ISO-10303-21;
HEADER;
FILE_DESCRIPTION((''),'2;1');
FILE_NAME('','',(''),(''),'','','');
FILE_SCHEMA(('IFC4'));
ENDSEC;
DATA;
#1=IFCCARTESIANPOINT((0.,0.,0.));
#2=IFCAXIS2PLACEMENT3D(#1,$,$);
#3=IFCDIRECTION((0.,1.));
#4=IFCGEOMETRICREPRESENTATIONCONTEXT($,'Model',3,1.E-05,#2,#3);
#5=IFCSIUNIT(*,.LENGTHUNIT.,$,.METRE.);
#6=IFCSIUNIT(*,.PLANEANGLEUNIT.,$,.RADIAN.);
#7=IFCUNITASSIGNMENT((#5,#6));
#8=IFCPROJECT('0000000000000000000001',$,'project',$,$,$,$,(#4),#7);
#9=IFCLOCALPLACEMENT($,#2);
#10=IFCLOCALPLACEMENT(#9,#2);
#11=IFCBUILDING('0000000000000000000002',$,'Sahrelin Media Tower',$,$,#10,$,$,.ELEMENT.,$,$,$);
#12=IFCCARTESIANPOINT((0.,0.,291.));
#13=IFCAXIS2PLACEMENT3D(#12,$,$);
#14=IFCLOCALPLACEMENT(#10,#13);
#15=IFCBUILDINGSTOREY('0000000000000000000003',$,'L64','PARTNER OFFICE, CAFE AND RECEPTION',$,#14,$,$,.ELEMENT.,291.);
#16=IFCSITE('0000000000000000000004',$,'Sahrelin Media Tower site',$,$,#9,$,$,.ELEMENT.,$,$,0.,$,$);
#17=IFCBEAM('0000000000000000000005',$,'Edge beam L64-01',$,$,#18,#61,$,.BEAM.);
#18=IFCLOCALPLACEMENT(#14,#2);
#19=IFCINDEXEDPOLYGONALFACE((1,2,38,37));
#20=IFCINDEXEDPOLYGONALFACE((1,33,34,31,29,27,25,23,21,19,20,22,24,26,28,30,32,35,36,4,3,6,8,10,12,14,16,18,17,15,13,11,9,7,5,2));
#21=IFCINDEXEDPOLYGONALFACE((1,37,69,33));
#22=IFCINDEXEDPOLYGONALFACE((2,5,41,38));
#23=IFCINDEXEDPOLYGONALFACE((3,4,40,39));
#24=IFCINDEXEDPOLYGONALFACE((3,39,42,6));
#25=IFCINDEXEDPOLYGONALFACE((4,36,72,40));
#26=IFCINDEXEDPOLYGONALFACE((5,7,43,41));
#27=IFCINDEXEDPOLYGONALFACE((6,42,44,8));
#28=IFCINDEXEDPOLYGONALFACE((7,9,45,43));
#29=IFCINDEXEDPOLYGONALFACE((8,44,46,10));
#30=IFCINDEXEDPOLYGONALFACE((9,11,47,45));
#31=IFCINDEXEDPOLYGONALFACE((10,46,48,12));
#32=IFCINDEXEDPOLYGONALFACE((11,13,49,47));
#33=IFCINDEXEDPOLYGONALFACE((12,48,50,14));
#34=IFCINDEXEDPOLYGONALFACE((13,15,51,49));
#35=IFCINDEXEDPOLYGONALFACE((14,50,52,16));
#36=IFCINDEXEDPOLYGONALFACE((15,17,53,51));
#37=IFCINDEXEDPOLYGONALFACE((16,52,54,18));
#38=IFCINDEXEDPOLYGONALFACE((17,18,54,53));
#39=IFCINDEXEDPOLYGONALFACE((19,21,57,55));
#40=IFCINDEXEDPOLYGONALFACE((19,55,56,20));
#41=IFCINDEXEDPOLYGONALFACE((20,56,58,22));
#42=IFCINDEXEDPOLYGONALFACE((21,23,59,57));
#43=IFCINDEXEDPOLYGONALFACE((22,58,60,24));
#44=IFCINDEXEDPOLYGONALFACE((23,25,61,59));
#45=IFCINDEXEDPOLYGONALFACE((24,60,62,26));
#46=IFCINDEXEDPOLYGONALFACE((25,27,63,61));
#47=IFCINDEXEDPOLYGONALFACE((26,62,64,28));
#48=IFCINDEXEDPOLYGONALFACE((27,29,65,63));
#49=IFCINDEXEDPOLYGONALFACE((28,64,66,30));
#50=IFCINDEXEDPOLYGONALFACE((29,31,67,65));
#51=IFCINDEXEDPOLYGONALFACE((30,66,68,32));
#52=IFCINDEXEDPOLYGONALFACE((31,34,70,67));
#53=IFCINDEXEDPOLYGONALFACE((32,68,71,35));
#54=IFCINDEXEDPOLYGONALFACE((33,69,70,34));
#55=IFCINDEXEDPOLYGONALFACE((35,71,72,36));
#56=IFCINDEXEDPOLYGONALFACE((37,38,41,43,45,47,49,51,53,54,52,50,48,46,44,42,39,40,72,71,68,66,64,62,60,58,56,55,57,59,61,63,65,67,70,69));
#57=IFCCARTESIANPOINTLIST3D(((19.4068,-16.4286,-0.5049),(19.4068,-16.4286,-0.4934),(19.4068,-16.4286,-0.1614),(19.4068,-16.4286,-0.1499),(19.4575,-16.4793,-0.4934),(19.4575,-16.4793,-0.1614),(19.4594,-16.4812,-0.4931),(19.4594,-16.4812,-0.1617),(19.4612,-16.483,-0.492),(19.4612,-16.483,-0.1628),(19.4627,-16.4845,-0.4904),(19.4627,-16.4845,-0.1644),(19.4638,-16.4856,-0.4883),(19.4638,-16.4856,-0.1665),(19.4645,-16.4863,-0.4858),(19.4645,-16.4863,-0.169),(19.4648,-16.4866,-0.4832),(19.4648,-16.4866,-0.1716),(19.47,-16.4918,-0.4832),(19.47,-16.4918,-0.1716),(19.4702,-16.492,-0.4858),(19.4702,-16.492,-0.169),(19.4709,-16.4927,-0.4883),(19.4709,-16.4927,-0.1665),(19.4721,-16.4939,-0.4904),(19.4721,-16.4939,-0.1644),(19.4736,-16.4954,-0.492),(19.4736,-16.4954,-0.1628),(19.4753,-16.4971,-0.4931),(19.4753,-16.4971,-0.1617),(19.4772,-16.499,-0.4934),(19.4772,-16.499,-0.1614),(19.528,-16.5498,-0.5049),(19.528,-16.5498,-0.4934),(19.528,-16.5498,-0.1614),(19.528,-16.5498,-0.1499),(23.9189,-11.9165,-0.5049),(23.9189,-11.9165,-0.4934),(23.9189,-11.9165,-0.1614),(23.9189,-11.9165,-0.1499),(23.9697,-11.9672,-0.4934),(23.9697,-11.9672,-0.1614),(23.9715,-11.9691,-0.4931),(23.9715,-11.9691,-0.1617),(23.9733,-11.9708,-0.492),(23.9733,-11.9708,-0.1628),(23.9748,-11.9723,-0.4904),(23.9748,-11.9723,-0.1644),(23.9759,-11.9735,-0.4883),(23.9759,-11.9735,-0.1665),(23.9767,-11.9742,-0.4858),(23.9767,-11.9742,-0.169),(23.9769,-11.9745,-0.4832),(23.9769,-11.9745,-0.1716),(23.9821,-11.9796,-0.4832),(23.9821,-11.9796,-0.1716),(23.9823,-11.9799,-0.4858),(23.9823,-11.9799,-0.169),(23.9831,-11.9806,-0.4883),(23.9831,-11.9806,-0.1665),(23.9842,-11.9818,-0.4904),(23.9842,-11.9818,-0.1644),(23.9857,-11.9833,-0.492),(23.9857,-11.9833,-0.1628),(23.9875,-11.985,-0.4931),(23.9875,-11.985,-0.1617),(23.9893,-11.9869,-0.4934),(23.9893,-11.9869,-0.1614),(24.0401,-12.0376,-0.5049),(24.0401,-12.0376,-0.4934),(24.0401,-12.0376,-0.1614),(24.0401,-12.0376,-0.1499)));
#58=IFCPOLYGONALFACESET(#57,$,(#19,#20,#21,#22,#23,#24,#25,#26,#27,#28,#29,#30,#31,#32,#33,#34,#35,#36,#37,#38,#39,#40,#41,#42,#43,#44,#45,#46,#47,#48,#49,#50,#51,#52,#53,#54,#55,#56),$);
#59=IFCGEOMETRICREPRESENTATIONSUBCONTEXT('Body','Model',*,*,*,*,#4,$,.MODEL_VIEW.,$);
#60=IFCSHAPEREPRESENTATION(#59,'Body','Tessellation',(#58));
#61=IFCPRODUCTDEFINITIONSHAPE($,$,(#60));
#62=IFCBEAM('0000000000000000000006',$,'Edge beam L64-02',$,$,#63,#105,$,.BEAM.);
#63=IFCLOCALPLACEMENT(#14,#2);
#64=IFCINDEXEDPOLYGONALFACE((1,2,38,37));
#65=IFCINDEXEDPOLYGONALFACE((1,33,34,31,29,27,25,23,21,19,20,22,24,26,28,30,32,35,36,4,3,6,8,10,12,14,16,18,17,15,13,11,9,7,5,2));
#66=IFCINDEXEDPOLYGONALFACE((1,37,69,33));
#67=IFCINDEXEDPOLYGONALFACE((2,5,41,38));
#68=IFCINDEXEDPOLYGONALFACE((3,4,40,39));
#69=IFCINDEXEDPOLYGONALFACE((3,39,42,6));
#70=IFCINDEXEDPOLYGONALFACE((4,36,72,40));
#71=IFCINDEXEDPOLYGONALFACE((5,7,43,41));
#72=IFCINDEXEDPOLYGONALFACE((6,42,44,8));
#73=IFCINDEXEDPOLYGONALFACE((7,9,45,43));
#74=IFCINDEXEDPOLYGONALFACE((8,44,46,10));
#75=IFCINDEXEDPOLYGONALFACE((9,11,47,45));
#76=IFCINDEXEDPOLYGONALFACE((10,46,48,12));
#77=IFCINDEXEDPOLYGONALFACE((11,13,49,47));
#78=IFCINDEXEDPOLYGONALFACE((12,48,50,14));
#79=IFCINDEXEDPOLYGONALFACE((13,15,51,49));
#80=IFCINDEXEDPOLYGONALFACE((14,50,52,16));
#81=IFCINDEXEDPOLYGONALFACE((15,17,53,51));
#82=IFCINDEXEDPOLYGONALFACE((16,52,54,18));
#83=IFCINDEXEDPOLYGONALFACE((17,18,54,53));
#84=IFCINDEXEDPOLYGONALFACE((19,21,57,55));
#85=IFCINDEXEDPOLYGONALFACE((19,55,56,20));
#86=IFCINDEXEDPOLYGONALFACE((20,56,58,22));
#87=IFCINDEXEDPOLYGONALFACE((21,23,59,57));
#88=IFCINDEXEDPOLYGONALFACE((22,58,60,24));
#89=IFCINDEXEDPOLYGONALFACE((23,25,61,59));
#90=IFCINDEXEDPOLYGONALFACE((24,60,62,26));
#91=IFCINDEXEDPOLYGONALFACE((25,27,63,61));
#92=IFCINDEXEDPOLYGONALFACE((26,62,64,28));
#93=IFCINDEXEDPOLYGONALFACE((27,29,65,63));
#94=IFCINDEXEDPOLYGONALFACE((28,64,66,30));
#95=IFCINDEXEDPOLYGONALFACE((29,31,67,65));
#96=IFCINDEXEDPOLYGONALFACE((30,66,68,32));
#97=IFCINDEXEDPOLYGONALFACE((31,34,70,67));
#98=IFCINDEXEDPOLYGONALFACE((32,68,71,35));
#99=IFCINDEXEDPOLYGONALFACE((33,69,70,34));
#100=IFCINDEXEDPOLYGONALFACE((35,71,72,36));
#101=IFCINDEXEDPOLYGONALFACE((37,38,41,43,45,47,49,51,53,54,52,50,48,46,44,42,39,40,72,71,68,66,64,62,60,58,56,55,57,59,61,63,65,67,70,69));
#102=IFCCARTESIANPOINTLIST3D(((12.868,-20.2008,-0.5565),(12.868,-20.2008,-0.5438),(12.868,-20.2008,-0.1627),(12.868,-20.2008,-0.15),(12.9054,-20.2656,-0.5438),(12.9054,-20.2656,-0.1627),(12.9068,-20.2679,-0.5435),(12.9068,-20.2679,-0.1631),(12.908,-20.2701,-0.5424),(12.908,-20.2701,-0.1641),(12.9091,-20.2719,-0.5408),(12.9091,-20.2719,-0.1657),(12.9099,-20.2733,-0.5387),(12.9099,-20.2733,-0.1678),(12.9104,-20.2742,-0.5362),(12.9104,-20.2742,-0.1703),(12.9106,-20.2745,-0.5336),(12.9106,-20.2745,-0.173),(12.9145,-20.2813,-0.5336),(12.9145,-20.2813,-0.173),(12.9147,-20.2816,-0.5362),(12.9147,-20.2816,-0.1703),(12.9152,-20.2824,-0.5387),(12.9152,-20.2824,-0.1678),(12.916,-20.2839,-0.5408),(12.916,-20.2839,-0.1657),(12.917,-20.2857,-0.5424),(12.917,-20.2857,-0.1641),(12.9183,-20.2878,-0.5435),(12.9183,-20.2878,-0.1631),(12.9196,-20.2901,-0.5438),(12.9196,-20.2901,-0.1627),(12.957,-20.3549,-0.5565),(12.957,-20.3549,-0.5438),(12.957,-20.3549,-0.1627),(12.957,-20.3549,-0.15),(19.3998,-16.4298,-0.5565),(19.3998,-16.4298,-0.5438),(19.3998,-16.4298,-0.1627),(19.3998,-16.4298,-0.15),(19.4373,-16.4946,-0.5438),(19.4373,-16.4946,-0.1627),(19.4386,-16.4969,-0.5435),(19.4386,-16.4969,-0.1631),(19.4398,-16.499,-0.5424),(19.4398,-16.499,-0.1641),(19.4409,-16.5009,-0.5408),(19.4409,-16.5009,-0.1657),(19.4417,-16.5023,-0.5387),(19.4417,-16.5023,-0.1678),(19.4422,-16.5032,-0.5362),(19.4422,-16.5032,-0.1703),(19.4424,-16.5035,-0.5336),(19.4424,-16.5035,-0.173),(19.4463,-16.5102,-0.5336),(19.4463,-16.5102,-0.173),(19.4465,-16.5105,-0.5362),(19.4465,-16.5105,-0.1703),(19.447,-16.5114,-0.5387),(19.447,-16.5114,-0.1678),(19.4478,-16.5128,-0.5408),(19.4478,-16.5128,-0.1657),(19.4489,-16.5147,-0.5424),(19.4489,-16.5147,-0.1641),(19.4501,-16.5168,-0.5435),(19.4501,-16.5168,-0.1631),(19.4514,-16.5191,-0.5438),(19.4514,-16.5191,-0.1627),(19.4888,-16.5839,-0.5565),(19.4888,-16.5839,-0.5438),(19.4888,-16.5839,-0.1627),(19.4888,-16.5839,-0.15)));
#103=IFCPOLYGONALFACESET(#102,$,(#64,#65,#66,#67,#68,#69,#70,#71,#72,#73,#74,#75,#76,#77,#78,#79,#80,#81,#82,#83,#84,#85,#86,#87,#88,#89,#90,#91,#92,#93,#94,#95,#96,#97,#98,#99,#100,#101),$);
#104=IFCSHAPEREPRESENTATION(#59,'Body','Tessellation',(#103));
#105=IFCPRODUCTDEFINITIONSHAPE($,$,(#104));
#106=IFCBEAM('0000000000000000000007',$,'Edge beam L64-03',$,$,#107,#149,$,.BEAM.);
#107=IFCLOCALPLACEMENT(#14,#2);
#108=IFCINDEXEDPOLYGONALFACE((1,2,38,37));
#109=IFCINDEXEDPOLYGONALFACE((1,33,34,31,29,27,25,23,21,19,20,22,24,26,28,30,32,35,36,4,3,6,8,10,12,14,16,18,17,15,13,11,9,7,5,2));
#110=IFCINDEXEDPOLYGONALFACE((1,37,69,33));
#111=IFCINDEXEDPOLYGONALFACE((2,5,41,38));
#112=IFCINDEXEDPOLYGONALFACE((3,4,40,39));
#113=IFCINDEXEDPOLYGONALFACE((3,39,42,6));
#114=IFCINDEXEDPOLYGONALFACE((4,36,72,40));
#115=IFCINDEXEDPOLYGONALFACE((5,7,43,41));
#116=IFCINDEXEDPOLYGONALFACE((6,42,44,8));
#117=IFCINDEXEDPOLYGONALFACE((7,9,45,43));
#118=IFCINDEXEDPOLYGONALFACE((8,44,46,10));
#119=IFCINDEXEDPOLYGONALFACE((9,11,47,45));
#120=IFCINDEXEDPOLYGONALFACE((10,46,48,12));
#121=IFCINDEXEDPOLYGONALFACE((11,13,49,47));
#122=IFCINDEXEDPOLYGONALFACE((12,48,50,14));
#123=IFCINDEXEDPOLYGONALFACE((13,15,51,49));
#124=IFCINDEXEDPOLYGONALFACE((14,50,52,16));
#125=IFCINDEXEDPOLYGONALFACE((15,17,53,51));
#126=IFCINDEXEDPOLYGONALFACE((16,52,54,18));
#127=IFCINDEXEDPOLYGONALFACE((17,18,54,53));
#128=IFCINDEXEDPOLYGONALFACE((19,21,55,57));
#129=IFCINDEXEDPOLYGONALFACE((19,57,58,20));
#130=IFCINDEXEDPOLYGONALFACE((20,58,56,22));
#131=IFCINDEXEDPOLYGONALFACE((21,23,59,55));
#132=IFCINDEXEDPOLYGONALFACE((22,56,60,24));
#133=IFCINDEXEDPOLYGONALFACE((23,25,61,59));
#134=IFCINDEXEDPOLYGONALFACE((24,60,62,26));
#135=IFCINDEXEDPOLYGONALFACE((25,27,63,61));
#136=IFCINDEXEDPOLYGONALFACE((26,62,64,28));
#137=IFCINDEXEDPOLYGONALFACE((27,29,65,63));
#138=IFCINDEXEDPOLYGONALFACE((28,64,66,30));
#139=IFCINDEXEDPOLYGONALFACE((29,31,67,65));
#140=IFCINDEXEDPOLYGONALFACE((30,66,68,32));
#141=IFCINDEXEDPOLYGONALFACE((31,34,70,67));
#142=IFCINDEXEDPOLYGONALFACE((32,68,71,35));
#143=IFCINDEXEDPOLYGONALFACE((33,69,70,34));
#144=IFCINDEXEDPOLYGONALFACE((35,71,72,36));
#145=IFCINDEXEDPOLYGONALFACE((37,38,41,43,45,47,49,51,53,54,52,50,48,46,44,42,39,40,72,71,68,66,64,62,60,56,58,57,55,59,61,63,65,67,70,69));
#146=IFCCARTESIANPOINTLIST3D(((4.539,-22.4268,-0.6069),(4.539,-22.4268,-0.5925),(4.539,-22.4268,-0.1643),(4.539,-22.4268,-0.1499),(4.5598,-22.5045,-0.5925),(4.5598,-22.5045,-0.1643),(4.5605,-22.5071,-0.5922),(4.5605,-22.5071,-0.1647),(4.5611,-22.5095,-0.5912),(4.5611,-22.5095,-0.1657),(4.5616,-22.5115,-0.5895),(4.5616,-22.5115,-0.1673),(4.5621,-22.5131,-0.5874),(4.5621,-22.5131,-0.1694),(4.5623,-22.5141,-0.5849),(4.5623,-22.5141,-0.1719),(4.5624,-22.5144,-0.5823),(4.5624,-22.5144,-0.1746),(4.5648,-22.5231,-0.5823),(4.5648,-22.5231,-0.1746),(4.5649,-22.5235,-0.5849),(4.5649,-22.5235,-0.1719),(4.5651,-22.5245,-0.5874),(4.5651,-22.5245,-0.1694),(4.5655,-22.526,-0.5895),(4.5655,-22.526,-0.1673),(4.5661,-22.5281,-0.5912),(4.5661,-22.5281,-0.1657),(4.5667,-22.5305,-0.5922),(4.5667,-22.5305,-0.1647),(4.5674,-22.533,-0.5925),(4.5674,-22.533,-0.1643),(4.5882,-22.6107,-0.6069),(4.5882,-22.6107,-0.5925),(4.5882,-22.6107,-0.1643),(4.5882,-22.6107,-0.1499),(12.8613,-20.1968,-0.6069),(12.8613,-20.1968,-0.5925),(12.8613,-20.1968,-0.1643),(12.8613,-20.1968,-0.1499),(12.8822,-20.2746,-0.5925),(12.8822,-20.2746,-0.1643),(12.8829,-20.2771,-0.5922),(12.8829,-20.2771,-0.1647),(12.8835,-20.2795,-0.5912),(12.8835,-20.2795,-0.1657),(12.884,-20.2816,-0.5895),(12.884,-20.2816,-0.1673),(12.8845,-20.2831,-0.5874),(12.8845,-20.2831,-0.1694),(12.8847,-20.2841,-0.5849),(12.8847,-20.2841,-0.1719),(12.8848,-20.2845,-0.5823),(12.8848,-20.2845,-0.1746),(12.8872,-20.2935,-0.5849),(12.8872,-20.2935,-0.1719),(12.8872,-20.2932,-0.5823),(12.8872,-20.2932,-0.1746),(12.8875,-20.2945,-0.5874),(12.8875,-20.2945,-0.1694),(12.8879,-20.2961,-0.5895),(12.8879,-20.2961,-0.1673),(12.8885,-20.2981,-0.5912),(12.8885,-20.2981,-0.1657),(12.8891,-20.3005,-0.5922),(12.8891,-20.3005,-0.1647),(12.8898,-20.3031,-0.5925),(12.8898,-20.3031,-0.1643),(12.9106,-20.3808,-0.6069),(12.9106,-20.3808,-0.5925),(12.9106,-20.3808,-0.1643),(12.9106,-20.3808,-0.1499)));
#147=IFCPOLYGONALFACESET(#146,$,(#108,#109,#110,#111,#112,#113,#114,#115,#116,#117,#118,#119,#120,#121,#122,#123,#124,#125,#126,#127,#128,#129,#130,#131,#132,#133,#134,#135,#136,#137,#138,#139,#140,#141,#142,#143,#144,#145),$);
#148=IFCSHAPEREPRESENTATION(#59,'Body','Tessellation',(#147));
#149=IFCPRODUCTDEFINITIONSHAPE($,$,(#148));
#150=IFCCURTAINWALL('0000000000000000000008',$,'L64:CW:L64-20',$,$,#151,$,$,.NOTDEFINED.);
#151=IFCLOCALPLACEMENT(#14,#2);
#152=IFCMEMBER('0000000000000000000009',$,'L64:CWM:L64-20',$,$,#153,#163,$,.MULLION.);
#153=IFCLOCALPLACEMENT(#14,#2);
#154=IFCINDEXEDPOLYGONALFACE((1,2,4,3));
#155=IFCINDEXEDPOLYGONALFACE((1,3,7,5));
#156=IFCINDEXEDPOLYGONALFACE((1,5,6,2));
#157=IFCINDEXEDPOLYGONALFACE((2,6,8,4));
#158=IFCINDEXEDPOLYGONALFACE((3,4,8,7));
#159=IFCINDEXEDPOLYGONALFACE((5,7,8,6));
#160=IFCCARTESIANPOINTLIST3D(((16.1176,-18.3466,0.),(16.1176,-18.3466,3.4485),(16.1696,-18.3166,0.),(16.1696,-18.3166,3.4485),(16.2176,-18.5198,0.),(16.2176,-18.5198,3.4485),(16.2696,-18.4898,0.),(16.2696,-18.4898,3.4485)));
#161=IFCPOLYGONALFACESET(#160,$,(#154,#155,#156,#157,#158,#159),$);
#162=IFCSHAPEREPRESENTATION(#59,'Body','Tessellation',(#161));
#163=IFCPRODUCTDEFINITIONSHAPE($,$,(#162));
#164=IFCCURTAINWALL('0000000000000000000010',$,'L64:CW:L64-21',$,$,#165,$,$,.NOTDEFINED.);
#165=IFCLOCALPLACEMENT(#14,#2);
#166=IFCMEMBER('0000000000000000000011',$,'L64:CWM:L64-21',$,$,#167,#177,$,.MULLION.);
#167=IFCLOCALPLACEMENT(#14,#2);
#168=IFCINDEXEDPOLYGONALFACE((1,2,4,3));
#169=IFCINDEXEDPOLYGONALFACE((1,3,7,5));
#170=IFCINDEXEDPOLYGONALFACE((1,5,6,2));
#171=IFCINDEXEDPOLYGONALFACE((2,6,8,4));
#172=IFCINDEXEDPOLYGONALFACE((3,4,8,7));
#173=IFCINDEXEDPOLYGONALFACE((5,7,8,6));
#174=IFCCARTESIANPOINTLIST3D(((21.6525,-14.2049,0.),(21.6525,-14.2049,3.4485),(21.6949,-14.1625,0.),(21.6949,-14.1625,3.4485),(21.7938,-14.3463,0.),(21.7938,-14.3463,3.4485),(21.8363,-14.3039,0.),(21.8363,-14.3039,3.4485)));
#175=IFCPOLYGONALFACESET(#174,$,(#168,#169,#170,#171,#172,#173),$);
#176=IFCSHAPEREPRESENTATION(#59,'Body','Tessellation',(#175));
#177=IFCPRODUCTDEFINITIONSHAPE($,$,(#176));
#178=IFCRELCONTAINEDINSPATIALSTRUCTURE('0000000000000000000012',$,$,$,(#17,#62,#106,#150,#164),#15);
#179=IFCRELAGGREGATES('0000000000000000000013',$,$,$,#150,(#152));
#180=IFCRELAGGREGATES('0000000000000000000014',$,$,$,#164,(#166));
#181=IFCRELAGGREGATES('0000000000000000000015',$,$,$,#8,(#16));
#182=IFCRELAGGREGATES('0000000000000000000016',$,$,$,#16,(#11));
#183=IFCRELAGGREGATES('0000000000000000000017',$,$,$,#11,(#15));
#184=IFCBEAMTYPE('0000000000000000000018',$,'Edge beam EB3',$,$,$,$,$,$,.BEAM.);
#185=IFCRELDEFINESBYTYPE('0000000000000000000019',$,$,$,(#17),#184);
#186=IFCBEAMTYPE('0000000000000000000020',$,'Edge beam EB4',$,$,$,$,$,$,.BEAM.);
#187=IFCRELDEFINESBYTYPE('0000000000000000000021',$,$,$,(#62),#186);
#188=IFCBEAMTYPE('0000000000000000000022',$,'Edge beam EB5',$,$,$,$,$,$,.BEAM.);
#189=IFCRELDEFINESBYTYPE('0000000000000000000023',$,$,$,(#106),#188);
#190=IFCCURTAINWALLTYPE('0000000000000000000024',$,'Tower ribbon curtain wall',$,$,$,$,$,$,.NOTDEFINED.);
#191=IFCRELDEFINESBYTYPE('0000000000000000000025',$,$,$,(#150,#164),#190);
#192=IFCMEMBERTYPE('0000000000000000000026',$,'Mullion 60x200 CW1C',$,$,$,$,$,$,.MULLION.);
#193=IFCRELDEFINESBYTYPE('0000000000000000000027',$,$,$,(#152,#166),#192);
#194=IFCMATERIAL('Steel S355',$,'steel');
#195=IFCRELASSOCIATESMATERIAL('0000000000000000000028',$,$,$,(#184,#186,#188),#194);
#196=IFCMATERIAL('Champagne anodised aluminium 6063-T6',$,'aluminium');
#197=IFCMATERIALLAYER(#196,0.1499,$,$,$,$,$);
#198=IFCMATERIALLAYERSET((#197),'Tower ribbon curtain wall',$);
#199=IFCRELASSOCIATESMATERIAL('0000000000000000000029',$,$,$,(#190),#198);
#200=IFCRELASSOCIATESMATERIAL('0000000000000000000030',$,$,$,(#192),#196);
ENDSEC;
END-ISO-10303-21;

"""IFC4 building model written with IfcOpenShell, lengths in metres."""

from ifc_helpers import new_model, si_unit, direction, frame, origin, origin_2d, place, context, subcontext, project, spatial, rectangle, i_section, extrude, material, layer, layer_set, material_profile, profile_set, type_object, element, aggregate, save


model = new_model("IFC4")

# Units and contexts
model_context = context("Model", 3, precision=1e-05, world=origin(), true_north=direction((0.0, 1.0)))
body_context = subcontext(model_context, "Body", "Model", "MODEL_VIEW")
ifc_project = project(units=[si_unit("LENGTHUNIT", "METRE"), si_unit("PLANEANGLEUNIT", "RADIAN")], contexts=[model_context])

# Site, building, storey
site_placement = place(None, origin())
site = spatial("IfcSite", under=ifc_project, at=site_placement, Name="Sahrelin Media Tower site", CompositionType="ELEMENT", RefElevation=0.0)
building_placement = place(site_placement, origin())
building = spatial("IfcBuilding", under=site, at=building_placement, Name="Sahrelin Media Tower", CompositionType="ELEMENT")
storey_placement = place(building_placement, frame((0.0, 0.0, 291.0)))
storey = spatial("IfcBuildingStorey", under=building, at=storey_placement, Name="L64", Description="PARTNER OFFICE, CAFE AND RECEPTION", CompositionType="ELEMENT", Elevation=291.0)

# Beams
ifc_material_1 = material(Name="Steel S355", Category="steel")
ifc_material_profile_1 = material_profile(ifc_material_1, i_section(OverallWidth=0.1714, OverallDepth=0.355, WebThickness=0.0073, FlangeThickness=0.0115, FilletRadius=0.0103, at=origin_2d()), Name="UB 356x171x51")
ifc_profile_set_1 = profile_set([ifc_material_profile_1], Name="Steel S355")
beam_type_1 = type_object("IfcBeamType", Name="Edge beam EB3", PredefinedType="BEAM", material=ifc_profile_set_1)
beam_1_placement = place(storey_placement, frame((23.9795, -11.9771, -0.3274), z_axis=(-0.707107, -0.707107, 0.0), x_axis=(0.707107, -0.707107, 0.0)))
element("IfcBeam", 1, at=beam_1_placement, inside=storey, type_object=beam_type_1, Name="Edge beam L64-01", PredefinedType="BEAM", context=body_context, shape_type="SweptSolid", body=[
    extrude(i_section(OverallWidth=0.1714, OverallDepth=0.355, WebThickness=0.0073, FlangeThickness=0.0115, FilletRadius=0.0103, at=origin_2d()), origin(), (0.0, 0.0, 1.0), 6.3811),
])
ifc_material_profile_2 = material_profile(ifc_material_1, i_section(OverallWidth=0.178, OverallDepth=0.4065, WebThickness=0.0078, FlangeThickness=0.0127, FilletRadius=0.0103, at=origin_2d()), Name="UB 406x178x60")
ifc_profile_set_2 = profile_set([ifc_material_profile_2], Name="Steel S355")
beam_type_2 = type_object("IfcBeamType", Name="Edge beam EB4", PredefinedType="BEAM", material=ifc_profile_set_2)
beam_2_placement = place(storey_placement, frame((19.4443, -16.5068, -0.3533), z_axis=(-0.866031, -0.49999, 0.0), x_axis=(0.49999, -0.866031, 0.0)))
element("IfcBeam", 2, at=beam_2_placement, inside=storey, type_object=beam_type_2, Name="Edge beam L64-02", PredefinedType="BEAM", context=body_context, shape_type="SweptSolid", body=[
    extrude(i_section(OverallWidth=0.178, OverallDepth=0.4065, WebThickness=0.0078, FlangeThickness=0.0127, FilletRadius=0.0103, at=origin_2d()), origin(), (0.0, 0.0, 1.0), 7.5422),
])
ifc_material_profile_3 = material_profile(ifc_material_1, i_section(OverallWidth=0.1904, OverallDepth=0.457, WebThickness=0.009, FlangeThickness=0.0144, FilletRadius=0.0103, at=origin_2d()), Name="UB 457x191x74")
ifc_profile_set_3 = profile_set([ifc_material_profile_3], Name="Steel S355")
beam_type_3 = type_object("IfcBeamType", Name="Edge beam EB5", PredefinedType="BEAM", material=ifc_profile_set_3)
beam_3_placement = place(storey_placement, frame((12.886, -20.2888, -0.3784), z_axis=(-0.965927, -0.258816, 0.0), x_axis=(0.258816, -0.965927, 0.0)))
element("IfcBeam", 3, at=beam_3_placement, inside=storey, type_object=beam_type_3, Name="Edge beam L64-03", PredefinedType="BEAM", context=body_context, shape_type="SweptSolid", body=[
    extrude(i_section(OverallWidth=0.1904, OverallDepth=0.457, WebThickness=0.009, FlangeThickness=0.0144, FilletRadius=0.0103, at=origin_2d()), origin(), (0.0, 0.0, 1.0), 8.616),
])

# Curtain walls, members
ifc_material_2 = material(Name="Champagne anodised aluminium 6063-T6", Category="aluminium")
ifc_layer_1 = layer(ifc_material_2, 0.1499)
ifc_layer_set_1 = layer_set([ifc_layer_1], Name="Tower ribbon curtain wall")
curtain_wall_type = type_object("IfcCurtainWallType", Name="Tower ribbon curtain wall", PredefinedType="NOTDEFINED", material=ifc_layer_set_1)
curtain_wall_1_placement = place(storey_placement, frame((16.2534, -18.5222, 0.0), z_axis=(0.0, 0.0, 1.0), x_axis=(1.0, 0.0, 0.0)))
curtain_wall_1 = element("IfcCurtainWall", 4, at=curtain_wall_1_placement, inside=storey, type_object=curtain_wall_type, Name="L64:CW:L64-20", PredefinedType="NOTDEFINED")
ifc_material_profile_4 = material_profile(ifc_material_2, rectangle(XDim=0.0601, YDim=0.2, at=origin_2d()), Name="Mullion 60x200")
ifc_profile_set_4 = profile_set([ifc_material_profile_4], Name="Champagne anodised aluminium 6063-T6")
member_type_1 = type_object("IfcMemberType", Name="Mullion 60x200 CW1C", PredefinedType="MULLION", material=ifc_profile_set_4)
member_1_placement = place(storey_placement, frame((16.1936, -18.4182, 0.0), z_axis=(0.0, 0.0, 1.0), x_axis=(0.866026, 0.499998, 0.0)))
member_1 = element("IfcMember", 5, at=member_1_placement, type_object=member_type_1, Name="L64:CWM:L64-20", PredefinedType="MULLION", context=body_context, shape_type="SweptSolid", body=[
    extrude(rectangle(XDim=0.0601, YDim=0.2, at=origin_2d()), origin(), (0.0, 0.0, 1.0), 3.4485),
])
curtain_wall_2_placement = place(storey_placement, frame((21.8293, -14.3391, 0.0), z_axis=(0.0, 0.0, 1.0), x_axis=(1.0, 0.0, 0.0)))
curtain_wall_2 = element("IfcCurtainWall", 6, at=curtain_wall_2_placement, inside=storey, type_object=curtain_wall_type, Name="L64:CW:L64-21", PredefinedType="NOTDEFINED")
member_2_placement = place(storey_placement, frame((21.7444, -14.2544, 0.0), z_axis=(0.0, 0.0, 1.0), x_axis=(0.707107, 0.707107, 0.0)))
member_2 = element("IfcMember", 7, at=member_2_placement, type_object=member_type_1, Name="L64:CWM:L64-21", PredefinedType="MULLION", context=body_context, shape_type="SweptSolid", body=[
    extrude(rectangle(XDim=0.0601, YDim=0.2, at=origin_2d()), origin(), (0.0, 0.0, 1.0), 3.4485),
])

aggregate(curtain_wall_1, [member_1])
aggregate(curtain_wall_2, [member_2])

save(model, "model.ifc")
